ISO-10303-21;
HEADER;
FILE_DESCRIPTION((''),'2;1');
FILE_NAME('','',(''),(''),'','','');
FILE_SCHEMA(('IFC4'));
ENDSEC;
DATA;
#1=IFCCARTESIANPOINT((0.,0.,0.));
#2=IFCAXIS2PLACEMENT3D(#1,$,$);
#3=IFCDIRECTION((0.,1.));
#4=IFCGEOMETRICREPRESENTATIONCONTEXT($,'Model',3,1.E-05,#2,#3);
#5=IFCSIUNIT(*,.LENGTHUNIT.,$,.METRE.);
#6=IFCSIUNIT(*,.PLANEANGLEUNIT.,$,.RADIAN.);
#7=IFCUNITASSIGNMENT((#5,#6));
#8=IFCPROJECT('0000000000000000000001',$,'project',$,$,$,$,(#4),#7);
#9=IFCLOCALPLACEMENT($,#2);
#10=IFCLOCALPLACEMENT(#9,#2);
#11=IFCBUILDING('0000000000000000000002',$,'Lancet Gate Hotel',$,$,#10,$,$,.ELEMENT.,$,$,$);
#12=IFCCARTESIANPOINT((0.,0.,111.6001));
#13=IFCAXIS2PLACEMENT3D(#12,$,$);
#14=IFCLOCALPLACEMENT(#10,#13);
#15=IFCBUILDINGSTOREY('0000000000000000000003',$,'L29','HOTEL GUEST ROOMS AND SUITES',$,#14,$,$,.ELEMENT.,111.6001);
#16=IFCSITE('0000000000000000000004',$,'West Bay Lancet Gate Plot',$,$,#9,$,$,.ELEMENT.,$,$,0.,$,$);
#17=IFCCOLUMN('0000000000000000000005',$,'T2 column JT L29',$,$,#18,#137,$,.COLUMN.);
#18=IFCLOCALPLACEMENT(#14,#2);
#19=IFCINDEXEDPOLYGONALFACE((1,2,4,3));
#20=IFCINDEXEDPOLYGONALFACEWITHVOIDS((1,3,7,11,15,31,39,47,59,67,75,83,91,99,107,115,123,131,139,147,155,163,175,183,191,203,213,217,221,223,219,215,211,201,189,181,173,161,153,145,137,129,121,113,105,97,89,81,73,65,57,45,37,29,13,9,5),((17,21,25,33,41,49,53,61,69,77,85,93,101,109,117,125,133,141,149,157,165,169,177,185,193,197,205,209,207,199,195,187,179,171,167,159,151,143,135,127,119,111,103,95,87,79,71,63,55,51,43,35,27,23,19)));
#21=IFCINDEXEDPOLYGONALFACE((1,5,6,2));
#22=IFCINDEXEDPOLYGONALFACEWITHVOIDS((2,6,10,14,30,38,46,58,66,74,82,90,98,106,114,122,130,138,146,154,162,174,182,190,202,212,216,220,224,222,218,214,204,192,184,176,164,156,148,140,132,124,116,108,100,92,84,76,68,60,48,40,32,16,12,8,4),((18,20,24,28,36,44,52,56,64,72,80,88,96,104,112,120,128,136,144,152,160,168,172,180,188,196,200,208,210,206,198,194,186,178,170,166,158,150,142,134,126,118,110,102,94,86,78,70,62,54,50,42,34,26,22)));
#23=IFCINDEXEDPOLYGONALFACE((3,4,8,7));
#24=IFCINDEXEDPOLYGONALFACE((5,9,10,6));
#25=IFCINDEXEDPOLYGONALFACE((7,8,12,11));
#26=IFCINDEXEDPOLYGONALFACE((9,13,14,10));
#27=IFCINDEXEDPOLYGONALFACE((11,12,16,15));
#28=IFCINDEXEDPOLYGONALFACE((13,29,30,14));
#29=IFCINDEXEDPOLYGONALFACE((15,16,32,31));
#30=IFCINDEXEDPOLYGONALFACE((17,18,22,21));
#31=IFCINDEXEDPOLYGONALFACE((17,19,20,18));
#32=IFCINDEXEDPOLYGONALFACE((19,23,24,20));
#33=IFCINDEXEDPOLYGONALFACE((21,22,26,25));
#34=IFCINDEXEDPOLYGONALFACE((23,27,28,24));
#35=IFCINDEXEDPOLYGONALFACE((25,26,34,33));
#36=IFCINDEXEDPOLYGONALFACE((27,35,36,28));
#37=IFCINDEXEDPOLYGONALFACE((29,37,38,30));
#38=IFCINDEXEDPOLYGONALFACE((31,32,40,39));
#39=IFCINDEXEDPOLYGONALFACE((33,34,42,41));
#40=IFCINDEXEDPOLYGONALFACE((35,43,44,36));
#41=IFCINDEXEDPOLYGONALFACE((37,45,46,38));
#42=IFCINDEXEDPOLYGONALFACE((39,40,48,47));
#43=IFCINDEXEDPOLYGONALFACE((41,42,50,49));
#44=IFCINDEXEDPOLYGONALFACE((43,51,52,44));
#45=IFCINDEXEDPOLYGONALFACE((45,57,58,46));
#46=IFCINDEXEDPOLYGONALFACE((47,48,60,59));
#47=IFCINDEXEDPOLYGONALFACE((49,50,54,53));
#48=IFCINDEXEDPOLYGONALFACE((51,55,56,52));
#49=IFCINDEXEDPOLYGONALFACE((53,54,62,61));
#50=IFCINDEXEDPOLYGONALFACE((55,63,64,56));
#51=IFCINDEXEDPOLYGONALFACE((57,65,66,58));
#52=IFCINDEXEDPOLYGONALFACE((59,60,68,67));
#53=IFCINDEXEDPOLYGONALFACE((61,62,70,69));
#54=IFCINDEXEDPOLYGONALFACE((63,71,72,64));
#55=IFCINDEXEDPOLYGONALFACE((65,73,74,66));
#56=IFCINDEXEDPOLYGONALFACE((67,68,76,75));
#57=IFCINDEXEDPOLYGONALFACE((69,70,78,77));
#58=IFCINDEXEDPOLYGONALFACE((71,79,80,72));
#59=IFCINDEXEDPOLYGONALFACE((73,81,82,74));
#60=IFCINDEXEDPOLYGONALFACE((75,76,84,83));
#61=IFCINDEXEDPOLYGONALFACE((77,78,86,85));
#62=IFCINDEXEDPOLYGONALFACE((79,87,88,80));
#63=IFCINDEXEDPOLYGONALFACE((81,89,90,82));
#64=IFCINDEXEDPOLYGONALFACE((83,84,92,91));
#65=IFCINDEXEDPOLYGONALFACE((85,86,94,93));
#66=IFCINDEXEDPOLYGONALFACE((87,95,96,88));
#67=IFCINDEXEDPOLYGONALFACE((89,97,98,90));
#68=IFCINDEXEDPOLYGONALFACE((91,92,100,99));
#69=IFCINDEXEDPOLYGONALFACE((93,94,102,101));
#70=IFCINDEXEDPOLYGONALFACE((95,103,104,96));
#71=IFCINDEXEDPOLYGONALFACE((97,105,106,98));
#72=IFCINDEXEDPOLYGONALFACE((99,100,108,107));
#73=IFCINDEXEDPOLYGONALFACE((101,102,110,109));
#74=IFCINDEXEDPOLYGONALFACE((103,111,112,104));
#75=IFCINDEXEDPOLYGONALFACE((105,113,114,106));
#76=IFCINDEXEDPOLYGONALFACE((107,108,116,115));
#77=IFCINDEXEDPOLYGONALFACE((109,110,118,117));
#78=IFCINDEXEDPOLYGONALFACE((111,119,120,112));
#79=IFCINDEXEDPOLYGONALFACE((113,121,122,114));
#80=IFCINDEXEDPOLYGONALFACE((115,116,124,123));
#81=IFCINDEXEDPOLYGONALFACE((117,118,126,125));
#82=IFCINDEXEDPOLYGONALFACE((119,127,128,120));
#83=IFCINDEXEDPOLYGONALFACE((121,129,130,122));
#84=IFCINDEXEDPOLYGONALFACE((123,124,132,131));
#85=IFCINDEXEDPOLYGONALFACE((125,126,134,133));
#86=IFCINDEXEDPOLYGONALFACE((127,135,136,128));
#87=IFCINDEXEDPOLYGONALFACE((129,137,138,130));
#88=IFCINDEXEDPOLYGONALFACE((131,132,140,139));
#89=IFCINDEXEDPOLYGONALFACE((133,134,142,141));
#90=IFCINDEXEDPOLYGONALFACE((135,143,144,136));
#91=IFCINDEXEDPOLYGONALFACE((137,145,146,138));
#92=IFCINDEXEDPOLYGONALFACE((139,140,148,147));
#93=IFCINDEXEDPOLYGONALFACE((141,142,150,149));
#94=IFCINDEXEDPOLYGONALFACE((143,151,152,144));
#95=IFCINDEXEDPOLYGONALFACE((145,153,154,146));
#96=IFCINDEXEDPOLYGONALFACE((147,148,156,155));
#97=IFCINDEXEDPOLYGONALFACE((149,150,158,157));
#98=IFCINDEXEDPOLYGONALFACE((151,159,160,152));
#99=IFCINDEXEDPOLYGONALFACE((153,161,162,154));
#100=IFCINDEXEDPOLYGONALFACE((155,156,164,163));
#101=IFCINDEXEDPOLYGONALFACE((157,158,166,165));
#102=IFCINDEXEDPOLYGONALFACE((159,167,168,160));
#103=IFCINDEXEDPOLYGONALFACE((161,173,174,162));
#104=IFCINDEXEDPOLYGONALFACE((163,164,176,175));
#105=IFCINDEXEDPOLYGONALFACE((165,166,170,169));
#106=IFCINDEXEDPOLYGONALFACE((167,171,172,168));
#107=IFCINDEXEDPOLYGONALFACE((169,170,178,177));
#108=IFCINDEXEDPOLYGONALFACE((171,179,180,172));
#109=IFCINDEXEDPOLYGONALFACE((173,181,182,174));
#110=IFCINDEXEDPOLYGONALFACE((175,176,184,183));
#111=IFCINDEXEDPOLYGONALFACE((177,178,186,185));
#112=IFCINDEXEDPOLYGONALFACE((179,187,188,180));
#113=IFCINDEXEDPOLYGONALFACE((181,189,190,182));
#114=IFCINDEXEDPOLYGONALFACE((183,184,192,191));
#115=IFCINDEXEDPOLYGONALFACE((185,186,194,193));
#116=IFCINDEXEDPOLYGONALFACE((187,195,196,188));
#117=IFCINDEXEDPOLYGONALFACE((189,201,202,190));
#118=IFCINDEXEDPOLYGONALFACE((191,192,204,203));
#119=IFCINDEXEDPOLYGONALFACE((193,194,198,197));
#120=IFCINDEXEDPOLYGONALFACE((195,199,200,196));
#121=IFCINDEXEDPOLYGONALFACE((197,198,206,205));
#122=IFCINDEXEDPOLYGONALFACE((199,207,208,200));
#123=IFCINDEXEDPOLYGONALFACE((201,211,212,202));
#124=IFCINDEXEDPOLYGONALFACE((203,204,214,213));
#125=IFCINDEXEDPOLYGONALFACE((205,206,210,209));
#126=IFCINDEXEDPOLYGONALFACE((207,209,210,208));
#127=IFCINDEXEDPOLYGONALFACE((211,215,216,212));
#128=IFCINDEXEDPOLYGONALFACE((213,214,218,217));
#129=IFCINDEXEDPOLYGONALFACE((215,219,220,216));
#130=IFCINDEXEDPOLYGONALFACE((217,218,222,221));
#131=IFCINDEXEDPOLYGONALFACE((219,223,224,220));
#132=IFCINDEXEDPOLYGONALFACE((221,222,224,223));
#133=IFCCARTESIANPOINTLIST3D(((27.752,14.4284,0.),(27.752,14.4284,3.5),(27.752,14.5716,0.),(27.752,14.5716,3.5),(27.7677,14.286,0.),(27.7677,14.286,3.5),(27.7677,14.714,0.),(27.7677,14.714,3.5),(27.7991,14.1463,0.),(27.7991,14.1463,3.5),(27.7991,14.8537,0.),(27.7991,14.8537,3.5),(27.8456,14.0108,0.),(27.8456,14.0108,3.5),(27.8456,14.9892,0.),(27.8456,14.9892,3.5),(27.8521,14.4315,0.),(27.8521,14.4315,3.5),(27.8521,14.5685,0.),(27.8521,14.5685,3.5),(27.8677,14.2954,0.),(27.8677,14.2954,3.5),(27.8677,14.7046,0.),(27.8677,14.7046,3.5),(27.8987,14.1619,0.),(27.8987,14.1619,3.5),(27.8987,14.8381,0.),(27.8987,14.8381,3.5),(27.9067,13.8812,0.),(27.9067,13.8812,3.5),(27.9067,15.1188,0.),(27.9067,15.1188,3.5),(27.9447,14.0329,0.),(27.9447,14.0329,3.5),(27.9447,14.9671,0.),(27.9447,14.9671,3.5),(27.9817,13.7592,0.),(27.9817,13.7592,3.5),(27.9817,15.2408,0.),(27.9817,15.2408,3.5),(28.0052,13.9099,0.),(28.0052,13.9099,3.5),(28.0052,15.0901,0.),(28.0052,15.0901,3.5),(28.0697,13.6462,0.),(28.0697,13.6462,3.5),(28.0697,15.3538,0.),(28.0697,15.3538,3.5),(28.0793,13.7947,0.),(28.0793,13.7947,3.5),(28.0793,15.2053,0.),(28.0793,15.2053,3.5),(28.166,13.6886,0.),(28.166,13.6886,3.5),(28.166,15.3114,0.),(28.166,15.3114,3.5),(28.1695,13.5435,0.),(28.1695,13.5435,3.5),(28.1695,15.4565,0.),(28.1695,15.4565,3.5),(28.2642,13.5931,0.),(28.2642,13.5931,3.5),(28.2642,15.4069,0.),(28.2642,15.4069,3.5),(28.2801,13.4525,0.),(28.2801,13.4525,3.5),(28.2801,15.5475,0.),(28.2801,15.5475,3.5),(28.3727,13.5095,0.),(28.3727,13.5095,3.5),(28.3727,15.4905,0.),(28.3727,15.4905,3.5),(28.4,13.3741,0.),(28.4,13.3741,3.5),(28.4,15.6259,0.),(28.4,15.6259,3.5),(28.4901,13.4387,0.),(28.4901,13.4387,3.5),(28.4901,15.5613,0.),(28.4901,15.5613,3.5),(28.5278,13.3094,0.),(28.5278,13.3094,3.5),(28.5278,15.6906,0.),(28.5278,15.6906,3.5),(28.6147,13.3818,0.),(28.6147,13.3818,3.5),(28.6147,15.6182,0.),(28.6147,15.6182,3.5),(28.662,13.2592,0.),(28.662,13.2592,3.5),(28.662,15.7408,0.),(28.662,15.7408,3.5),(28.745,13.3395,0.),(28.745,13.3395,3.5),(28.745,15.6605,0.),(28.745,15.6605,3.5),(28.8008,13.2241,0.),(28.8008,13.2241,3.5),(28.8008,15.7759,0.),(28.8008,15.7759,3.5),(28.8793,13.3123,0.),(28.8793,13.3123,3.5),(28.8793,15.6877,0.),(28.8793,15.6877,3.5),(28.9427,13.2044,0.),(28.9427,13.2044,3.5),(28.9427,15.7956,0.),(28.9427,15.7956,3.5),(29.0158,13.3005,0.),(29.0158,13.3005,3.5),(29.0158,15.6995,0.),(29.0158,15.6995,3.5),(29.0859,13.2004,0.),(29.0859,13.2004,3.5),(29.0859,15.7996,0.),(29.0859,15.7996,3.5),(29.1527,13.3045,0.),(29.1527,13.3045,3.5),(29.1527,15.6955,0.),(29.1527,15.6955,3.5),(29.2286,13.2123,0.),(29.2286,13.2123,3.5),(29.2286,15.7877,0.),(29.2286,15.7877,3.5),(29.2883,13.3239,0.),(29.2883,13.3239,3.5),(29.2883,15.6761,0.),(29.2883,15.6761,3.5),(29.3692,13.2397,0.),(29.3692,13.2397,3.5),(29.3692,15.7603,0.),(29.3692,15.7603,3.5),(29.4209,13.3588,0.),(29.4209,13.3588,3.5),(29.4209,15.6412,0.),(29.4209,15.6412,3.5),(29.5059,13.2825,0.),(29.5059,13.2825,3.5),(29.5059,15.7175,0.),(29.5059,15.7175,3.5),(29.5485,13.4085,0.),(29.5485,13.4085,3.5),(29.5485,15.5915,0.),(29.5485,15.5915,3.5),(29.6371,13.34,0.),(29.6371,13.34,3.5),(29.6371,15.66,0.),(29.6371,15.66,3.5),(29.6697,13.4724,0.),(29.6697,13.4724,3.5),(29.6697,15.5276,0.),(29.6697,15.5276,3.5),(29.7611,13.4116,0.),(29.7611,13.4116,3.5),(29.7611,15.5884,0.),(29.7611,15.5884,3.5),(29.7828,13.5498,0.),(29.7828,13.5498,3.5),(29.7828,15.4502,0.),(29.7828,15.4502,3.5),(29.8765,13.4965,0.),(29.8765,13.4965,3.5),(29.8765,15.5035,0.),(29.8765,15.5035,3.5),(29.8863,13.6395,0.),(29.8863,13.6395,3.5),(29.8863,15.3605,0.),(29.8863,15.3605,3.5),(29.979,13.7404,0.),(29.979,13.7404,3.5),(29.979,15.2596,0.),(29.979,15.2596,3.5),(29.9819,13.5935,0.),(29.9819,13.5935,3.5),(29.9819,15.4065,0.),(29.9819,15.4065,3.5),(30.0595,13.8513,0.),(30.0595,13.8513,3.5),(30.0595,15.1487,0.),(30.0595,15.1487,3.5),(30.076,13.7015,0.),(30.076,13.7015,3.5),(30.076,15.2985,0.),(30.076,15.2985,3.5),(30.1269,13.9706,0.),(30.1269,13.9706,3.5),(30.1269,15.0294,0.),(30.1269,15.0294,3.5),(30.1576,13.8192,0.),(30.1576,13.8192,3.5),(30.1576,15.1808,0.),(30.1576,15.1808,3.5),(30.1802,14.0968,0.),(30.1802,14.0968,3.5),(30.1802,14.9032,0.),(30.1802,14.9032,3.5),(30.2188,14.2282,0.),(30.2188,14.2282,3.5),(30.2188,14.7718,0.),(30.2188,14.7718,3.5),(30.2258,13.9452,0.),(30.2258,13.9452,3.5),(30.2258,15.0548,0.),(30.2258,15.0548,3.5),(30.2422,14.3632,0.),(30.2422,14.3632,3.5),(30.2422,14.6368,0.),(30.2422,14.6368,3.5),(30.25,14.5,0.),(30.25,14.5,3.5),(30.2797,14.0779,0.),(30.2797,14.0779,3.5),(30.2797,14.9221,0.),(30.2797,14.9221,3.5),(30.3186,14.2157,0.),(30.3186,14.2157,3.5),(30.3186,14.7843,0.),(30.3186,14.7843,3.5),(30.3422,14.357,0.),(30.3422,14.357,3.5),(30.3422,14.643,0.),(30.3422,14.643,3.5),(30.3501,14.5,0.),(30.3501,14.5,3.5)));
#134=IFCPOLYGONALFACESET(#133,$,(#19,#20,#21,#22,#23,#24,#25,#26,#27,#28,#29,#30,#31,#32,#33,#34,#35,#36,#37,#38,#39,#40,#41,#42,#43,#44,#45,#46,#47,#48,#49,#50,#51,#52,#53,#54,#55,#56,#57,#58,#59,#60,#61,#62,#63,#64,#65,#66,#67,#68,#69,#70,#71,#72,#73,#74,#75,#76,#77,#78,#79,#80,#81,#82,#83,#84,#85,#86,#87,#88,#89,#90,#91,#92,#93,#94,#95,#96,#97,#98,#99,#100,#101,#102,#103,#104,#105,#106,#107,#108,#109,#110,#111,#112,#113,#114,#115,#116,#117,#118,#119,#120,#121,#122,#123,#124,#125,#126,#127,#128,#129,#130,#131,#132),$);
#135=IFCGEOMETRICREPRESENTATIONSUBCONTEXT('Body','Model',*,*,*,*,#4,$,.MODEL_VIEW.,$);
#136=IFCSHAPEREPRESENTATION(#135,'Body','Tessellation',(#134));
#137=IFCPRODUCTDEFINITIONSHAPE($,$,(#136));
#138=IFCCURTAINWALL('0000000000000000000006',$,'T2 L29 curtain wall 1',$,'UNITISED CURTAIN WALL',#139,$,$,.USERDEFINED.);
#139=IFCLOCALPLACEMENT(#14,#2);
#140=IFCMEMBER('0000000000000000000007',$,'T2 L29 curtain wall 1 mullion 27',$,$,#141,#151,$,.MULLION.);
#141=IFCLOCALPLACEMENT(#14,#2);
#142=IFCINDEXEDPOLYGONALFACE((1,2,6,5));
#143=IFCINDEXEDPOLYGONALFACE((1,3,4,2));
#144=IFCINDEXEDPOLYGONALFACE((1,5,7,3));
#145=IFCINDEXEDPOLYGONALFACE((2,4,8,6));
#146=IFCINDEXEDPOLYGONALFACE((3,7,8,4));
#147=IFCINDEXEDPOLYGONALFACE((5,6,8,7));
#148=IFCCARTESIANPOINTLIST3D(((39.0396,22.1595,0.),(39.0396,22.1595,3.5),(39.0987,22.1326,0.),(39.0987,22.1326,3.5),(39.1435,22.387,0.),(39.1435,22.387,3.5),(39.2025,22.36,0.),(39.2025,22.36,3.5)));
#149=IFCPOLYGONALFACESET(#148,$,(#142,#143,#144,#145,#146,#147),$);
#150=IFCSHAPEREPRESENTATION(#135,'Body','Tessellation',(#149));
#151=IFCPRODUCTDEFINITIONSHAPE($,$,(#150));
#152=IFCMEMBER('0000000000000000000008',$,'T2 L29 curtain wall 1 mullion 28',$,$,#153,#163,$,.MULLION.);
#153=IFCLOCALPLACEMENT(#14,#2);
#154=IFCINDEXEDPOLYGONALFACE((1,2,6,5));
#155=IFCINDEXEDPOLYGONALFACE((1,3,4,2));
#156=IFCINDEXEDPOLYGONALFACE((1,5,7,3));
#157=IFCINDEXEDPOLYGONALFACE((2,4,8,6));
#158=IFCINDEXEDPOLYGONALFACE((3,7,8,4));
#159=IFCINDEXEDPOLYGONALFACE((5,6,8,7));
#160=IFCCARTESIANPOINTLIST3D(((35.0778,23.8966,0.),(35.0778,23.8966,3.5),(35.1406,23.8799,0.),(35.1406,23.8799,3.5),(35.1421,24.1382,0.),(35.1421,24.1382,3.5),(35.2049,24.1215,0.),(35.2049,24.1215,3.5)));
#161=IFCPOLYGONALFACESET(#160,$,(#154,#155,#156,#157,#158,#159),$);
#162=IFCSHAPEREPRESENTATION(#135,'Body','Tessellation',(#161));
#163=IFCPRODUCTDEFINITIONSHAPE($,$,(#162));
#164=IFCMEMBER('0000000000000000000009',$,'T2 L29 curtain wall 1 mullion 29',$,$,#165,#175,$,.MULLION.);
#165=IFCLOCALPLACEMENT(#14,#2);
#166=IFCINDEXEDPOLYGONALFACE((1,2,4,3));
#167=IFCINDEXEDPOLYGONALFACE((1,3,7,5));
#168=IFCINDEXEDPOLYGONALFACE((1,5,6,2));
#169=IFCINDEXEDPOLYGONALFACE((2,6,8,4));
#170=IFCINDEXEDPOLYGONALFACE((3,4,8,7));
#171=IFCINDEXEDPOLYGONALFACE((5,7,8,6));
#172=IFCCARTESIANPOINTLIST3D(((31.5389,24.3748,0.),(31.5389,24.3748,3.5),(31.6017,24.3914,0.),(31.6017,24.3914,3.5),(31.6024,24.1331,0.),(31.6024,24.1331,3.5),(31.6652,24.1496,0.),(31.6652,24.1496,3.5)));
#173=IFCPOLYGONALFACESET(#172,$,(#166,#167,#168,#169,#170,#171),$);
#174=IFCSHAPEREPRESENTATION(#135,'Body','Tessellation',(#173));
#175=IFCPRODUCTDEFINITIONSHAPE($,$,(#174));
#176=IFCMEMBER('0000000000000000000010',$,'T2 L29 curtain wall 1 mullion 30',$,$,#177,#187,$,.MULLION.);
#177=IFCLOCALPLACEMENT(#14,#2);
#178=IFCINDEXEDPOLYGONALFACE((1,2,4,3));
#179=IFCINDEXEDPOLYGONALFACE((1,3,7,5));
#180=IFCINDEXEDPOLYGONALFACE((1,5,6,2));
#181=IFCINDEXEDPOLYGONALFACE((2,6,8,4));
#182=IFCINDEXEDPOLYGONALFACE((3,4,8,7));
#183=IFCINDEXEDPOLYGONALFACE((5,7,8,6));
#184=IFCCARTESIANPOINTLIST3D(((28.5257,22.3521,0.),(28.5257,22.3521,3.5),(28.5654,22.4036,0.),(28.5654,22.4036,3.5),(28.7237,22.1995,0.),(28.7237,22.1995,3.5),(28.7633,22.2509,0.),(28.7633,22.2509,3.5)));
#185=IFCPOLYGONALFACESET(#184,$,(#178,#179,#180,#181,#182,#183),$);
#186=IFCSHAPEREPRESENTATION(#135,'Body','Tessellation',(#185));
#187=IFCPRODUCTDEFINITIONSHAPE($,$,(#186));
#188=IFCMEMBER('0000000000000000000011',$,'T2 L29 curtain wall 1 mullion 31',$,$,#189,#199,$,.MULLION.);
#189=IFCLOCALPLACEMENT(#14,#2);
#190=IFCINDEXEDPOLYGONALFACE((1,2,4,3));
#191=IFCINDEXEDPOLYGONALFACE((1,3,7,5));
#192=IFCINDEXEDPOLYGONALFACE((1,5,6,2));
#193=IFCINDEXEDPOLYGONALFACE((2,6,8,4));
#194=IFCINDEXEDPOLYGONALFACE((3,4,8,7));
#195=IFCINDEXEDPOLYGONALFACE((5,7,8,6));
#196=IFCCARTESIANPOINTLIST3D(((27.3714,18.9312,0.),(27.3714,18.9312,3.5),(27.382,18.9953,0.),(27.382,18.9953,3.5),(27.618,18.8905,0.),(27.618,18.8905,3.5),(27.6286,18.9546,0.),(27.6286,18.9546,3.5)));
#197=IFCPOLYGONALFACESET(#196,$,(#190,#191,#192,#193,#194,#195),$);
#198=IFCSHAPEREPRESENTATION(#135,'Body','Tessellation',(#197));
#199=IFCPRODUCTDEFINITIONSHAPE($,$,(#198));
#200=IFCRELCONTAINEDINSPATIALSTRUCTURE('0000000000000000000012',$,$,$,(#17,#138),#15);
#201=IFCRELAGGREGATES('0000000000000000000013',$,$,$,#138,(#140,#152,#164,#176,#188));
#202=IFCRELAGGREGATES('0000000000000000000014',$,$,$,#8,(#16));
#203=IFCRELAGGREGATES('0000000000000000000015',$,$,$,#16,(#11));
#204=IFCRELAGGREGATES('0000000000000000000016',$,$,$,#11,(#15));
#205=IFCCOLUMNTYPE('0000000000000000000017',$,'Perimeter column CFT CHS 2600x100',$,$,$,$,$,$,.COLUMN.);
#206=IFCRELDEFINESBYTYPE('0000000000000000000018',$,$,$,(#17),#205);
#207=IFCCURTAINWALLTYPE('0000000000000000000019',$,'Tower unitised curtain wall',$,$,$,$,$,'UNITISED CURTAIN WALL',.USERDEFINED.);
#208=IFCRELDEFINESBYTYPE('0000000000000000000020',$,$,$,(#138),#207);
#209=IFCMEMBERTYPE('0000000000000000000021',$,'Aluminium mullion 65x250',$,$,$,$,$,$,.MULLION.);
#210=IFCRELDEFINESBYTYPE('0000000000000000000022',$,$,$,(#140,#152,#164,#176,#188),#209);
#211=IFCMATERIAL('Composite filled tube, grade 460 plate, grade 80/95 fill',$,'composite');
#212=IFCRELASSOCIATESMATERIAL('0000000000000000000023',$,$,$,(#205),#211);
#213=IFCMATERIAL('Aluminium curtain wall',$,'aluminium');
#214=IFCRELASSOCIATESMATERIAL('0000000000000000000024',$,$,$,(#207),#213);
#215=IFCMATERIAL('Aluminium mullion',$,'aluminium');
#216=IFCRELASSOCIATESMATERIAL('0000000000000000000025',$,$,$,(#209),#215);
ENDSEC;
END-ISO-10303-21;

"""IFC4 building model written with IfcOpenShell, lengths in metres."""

from ifc_helpers import new_model, si_unit, direction, frame, origin, origin_2d, place, context, subcontext, project, spatial, rectangle, hollow_circle, extrude, material, material_profile, profile_set, type_object, element, aggregate, save


model = new_model("IFC4")

# Units and contexts
model_context = context("Model", 3, precision=1e-05, world=origin(), true_north=direction((0.0, 1.0)))
body_context = subcontext(model_context, "Body", "Model", "MODEL_VIEW")
ifc_project = project(units=[si_unit("LENGTHUNIT", "METRE"), si_unit("PLANEANGLEUNIT", "RADIAN")], contexts=[model_context])

# Site, building, storey
site_placement = place(None, origin())
site = spatial("IfcSite", under=ifc_project, at=site_placement, Name="West Bay Lancet Gate Plot", CompositionType="ELEMENT", RefElevation=0.0)
building_placement = place(site_placement, origin())
building = spatial("IfcBuilding", under=site, at=building_placement, Name="Lancet Gate Hotel", CompositionType="ELEMENT")
storey_placement = place(building_placement, frame((0.0, 0.0, 111.6001)))
storey = spatial("IfcBuildingStorey", under=building, at=storey_placement, Name="L29", Description="HOTEL GUEST ROOMS AND SUITES", CompositionType="ELEMENT", Elevation=111.6001)

# Column
ifc_material_1 = material(Name="Composite filled tube, grade 460 plate, grade 80/95 fill", Category="composite")
ifc_material_profile_1 = material_profile(ifc_material_1, hollow_circle(Radius=1.3, WallThickness=0.1001, at=origin_2d()), Name="CHS 2600x100")
ifc_profile_set_1 = profile_set([ifc_material_profile_1], Name="Composite filled tube, grade 460 plate, grade 80/95 fill")
column_type = type_object("IfcColumnType", Name="Perimeter column CFT CHS 2600x100", PredefinedType="COLUMN", material=ifc_profile_set_1)
for number, where, z_axis, x_axis, name in (
    (1, (29.05, 14.5, 0.0), (0.0, 0.0, 1.0), (1.0, 0.0, 0.0), "T2 column JT L29"),
):
    element("IfcColumn", number, at=place(storey_placement, frame(where, z_axis=z_axis, x_axis=x_axis)), inside=storey, type_object=column_type, Name=name, PredefinedType="COLUMN", context=body_context, shape_type="SweptSolid", body=[
        extrude(hollow_circle(Radius=1.3, WallThickness=0.1001, at=origin_2d()), origin(), (0.0, 0.0, 1.0), 3.5),
    ])

# Curtain wall, members
ifc_material_2 = material(Name="Aluminium curtain wall", Category="aluminium")
curtain_wall_type = type_object("IfcCurtainWallType", Name="Tower unitised curtain wall", ElementType="UNITISED CURTAIN WALL", PredefinedType="USERDEFINED", material=ifc_material_2)
curtain_wall_placement = place(storey_placement, origin())
curtain_wall = element("IfcCurtainWall", 2, at=curtain_wall_placement, inside=storey, type_object=curtain_wall_type, Name="T2 L29 curtain wall 1", ObjectType="UNITISED CURTAIN WALL", PredefinedType="USERDEFINED")
ifc_material_3 = material(Name="Aluminium mullion", Category="aluminium")
ifc_material_profile_2 = material_profile(ifc_material_3, rectangle(XDim=0.0649, YDim=0.25, at=origin_2d()), Name="MULLION 65x250")
ifc_profile_set_2 = profile_set([ifc_material_profile_2], Name="Aluminium mullion")
member_type_1 = type_object("IfcMemberType", Name="Aluminium mullion 65x250", PredefinedType="MULLION", material=ifc_profile_set_2)
member_1_placement = place(storey_placement, frame((39.1211, 22.2598, 0.0), z_axis=(0.0, 0.0, 1.0), x_axis=(-0.909673, 0.415326, 0.0)))
member_1 = element("IfcMember", 3, at=member_1_placement, type_object=member_type_1, Name="T2 L29 curtain wall 1 mullion 27", PredefinedType="MULLION", context=body_context, shape_type="SweptSolid", body=[
    extrude(rectangle(XDim=0.0649, YDim=0.25, at=origin_2d()), origin(), (0.0, 0.0, 1.0), 3.5),
])
member_2_placement = place(storey_placement, frame((35.1414, 24.009, 0.0), z_axis=(0.0, 0.0, 1.0), x_axis=(-0.966317, 0.257353, 0.0)))
member_2 = element("IfcMember", 4, at=member_2_placement, type_object=member_type_1, Name="T2 L29 curtain wall 1 mullion 28", PredefinedType="MULLION", context=body_context, shape_type="SweptSolid", body=[
    extrude(rectangle(XDim=0.0649, YDim=0.25, at=origin_2d()), origin(), (0.0, 0.0, 1.0), 3.5),
])
member_3_placement = place(storey_placement, frame((31.6021, 24.2622, 0.0), z_axis=(0.0, 0.0, 1.0), x_axis=(-0.967157, -0.254179, 0.0)))
member_3 = element("IfcMember", 5, at=member_3_placement, type_object=member_type_1, Name="T2 L29 curtain wall 1 mullion 29", PredefinedType="MULLION", context=body_context, shape_type="SweptSolid", body=[
    extrude(rectangle(XDim=0.0649, YDim=0.25, at=origin_2d()), origin(), (0.0, 0.0, 1.0), 3.5),
])
member_4_placement = place(storey_placement, frame((28.6445, 22.3015, 0.0), z_axis=(0.0, 0.0, 1.0), x_axis=(-0.610664, -0.79189, 0.0)))
member_4 = element("IfcMember", 6, at=member_4_placement, type_object=member_type_1, Name="T2 L29 curtain wall 1 mullion 30", PredefinedType="MULLION", context=body_context, shape_type="SweptSolid", body=[
    extrude(rectangle(XDim=0.0649, YDim=0.25, at=origin_2d()), origin(), (0.0, 0.0, 1.0), 3.5),
])
member_5_placement = place(storey_placement, frame((27.5, 18.9429, 0.0), z_axis=(0.0, 0.0, 1.0), x_axis=(-0.162739, -0.986669, 0.0)))
member_5 = element("IfcMember", 7, at=member_5_placement, type_object=member_type_1, Name="T2 L29 curtain wall 1 mullion 31", PredefinedType="MULLION", context=body_context, shape_type="SweptSolid", body=[
    extrude(rectangle(XDim=0.0649, YDim=0.25, at=origin_2d()), origin(), (0.0, 0.0, 1.0), 3.5),
])

aggregate(curtain_wall, [member_1, member_2, member_3, member_4, member_5])

save(model, "model.ifc")
